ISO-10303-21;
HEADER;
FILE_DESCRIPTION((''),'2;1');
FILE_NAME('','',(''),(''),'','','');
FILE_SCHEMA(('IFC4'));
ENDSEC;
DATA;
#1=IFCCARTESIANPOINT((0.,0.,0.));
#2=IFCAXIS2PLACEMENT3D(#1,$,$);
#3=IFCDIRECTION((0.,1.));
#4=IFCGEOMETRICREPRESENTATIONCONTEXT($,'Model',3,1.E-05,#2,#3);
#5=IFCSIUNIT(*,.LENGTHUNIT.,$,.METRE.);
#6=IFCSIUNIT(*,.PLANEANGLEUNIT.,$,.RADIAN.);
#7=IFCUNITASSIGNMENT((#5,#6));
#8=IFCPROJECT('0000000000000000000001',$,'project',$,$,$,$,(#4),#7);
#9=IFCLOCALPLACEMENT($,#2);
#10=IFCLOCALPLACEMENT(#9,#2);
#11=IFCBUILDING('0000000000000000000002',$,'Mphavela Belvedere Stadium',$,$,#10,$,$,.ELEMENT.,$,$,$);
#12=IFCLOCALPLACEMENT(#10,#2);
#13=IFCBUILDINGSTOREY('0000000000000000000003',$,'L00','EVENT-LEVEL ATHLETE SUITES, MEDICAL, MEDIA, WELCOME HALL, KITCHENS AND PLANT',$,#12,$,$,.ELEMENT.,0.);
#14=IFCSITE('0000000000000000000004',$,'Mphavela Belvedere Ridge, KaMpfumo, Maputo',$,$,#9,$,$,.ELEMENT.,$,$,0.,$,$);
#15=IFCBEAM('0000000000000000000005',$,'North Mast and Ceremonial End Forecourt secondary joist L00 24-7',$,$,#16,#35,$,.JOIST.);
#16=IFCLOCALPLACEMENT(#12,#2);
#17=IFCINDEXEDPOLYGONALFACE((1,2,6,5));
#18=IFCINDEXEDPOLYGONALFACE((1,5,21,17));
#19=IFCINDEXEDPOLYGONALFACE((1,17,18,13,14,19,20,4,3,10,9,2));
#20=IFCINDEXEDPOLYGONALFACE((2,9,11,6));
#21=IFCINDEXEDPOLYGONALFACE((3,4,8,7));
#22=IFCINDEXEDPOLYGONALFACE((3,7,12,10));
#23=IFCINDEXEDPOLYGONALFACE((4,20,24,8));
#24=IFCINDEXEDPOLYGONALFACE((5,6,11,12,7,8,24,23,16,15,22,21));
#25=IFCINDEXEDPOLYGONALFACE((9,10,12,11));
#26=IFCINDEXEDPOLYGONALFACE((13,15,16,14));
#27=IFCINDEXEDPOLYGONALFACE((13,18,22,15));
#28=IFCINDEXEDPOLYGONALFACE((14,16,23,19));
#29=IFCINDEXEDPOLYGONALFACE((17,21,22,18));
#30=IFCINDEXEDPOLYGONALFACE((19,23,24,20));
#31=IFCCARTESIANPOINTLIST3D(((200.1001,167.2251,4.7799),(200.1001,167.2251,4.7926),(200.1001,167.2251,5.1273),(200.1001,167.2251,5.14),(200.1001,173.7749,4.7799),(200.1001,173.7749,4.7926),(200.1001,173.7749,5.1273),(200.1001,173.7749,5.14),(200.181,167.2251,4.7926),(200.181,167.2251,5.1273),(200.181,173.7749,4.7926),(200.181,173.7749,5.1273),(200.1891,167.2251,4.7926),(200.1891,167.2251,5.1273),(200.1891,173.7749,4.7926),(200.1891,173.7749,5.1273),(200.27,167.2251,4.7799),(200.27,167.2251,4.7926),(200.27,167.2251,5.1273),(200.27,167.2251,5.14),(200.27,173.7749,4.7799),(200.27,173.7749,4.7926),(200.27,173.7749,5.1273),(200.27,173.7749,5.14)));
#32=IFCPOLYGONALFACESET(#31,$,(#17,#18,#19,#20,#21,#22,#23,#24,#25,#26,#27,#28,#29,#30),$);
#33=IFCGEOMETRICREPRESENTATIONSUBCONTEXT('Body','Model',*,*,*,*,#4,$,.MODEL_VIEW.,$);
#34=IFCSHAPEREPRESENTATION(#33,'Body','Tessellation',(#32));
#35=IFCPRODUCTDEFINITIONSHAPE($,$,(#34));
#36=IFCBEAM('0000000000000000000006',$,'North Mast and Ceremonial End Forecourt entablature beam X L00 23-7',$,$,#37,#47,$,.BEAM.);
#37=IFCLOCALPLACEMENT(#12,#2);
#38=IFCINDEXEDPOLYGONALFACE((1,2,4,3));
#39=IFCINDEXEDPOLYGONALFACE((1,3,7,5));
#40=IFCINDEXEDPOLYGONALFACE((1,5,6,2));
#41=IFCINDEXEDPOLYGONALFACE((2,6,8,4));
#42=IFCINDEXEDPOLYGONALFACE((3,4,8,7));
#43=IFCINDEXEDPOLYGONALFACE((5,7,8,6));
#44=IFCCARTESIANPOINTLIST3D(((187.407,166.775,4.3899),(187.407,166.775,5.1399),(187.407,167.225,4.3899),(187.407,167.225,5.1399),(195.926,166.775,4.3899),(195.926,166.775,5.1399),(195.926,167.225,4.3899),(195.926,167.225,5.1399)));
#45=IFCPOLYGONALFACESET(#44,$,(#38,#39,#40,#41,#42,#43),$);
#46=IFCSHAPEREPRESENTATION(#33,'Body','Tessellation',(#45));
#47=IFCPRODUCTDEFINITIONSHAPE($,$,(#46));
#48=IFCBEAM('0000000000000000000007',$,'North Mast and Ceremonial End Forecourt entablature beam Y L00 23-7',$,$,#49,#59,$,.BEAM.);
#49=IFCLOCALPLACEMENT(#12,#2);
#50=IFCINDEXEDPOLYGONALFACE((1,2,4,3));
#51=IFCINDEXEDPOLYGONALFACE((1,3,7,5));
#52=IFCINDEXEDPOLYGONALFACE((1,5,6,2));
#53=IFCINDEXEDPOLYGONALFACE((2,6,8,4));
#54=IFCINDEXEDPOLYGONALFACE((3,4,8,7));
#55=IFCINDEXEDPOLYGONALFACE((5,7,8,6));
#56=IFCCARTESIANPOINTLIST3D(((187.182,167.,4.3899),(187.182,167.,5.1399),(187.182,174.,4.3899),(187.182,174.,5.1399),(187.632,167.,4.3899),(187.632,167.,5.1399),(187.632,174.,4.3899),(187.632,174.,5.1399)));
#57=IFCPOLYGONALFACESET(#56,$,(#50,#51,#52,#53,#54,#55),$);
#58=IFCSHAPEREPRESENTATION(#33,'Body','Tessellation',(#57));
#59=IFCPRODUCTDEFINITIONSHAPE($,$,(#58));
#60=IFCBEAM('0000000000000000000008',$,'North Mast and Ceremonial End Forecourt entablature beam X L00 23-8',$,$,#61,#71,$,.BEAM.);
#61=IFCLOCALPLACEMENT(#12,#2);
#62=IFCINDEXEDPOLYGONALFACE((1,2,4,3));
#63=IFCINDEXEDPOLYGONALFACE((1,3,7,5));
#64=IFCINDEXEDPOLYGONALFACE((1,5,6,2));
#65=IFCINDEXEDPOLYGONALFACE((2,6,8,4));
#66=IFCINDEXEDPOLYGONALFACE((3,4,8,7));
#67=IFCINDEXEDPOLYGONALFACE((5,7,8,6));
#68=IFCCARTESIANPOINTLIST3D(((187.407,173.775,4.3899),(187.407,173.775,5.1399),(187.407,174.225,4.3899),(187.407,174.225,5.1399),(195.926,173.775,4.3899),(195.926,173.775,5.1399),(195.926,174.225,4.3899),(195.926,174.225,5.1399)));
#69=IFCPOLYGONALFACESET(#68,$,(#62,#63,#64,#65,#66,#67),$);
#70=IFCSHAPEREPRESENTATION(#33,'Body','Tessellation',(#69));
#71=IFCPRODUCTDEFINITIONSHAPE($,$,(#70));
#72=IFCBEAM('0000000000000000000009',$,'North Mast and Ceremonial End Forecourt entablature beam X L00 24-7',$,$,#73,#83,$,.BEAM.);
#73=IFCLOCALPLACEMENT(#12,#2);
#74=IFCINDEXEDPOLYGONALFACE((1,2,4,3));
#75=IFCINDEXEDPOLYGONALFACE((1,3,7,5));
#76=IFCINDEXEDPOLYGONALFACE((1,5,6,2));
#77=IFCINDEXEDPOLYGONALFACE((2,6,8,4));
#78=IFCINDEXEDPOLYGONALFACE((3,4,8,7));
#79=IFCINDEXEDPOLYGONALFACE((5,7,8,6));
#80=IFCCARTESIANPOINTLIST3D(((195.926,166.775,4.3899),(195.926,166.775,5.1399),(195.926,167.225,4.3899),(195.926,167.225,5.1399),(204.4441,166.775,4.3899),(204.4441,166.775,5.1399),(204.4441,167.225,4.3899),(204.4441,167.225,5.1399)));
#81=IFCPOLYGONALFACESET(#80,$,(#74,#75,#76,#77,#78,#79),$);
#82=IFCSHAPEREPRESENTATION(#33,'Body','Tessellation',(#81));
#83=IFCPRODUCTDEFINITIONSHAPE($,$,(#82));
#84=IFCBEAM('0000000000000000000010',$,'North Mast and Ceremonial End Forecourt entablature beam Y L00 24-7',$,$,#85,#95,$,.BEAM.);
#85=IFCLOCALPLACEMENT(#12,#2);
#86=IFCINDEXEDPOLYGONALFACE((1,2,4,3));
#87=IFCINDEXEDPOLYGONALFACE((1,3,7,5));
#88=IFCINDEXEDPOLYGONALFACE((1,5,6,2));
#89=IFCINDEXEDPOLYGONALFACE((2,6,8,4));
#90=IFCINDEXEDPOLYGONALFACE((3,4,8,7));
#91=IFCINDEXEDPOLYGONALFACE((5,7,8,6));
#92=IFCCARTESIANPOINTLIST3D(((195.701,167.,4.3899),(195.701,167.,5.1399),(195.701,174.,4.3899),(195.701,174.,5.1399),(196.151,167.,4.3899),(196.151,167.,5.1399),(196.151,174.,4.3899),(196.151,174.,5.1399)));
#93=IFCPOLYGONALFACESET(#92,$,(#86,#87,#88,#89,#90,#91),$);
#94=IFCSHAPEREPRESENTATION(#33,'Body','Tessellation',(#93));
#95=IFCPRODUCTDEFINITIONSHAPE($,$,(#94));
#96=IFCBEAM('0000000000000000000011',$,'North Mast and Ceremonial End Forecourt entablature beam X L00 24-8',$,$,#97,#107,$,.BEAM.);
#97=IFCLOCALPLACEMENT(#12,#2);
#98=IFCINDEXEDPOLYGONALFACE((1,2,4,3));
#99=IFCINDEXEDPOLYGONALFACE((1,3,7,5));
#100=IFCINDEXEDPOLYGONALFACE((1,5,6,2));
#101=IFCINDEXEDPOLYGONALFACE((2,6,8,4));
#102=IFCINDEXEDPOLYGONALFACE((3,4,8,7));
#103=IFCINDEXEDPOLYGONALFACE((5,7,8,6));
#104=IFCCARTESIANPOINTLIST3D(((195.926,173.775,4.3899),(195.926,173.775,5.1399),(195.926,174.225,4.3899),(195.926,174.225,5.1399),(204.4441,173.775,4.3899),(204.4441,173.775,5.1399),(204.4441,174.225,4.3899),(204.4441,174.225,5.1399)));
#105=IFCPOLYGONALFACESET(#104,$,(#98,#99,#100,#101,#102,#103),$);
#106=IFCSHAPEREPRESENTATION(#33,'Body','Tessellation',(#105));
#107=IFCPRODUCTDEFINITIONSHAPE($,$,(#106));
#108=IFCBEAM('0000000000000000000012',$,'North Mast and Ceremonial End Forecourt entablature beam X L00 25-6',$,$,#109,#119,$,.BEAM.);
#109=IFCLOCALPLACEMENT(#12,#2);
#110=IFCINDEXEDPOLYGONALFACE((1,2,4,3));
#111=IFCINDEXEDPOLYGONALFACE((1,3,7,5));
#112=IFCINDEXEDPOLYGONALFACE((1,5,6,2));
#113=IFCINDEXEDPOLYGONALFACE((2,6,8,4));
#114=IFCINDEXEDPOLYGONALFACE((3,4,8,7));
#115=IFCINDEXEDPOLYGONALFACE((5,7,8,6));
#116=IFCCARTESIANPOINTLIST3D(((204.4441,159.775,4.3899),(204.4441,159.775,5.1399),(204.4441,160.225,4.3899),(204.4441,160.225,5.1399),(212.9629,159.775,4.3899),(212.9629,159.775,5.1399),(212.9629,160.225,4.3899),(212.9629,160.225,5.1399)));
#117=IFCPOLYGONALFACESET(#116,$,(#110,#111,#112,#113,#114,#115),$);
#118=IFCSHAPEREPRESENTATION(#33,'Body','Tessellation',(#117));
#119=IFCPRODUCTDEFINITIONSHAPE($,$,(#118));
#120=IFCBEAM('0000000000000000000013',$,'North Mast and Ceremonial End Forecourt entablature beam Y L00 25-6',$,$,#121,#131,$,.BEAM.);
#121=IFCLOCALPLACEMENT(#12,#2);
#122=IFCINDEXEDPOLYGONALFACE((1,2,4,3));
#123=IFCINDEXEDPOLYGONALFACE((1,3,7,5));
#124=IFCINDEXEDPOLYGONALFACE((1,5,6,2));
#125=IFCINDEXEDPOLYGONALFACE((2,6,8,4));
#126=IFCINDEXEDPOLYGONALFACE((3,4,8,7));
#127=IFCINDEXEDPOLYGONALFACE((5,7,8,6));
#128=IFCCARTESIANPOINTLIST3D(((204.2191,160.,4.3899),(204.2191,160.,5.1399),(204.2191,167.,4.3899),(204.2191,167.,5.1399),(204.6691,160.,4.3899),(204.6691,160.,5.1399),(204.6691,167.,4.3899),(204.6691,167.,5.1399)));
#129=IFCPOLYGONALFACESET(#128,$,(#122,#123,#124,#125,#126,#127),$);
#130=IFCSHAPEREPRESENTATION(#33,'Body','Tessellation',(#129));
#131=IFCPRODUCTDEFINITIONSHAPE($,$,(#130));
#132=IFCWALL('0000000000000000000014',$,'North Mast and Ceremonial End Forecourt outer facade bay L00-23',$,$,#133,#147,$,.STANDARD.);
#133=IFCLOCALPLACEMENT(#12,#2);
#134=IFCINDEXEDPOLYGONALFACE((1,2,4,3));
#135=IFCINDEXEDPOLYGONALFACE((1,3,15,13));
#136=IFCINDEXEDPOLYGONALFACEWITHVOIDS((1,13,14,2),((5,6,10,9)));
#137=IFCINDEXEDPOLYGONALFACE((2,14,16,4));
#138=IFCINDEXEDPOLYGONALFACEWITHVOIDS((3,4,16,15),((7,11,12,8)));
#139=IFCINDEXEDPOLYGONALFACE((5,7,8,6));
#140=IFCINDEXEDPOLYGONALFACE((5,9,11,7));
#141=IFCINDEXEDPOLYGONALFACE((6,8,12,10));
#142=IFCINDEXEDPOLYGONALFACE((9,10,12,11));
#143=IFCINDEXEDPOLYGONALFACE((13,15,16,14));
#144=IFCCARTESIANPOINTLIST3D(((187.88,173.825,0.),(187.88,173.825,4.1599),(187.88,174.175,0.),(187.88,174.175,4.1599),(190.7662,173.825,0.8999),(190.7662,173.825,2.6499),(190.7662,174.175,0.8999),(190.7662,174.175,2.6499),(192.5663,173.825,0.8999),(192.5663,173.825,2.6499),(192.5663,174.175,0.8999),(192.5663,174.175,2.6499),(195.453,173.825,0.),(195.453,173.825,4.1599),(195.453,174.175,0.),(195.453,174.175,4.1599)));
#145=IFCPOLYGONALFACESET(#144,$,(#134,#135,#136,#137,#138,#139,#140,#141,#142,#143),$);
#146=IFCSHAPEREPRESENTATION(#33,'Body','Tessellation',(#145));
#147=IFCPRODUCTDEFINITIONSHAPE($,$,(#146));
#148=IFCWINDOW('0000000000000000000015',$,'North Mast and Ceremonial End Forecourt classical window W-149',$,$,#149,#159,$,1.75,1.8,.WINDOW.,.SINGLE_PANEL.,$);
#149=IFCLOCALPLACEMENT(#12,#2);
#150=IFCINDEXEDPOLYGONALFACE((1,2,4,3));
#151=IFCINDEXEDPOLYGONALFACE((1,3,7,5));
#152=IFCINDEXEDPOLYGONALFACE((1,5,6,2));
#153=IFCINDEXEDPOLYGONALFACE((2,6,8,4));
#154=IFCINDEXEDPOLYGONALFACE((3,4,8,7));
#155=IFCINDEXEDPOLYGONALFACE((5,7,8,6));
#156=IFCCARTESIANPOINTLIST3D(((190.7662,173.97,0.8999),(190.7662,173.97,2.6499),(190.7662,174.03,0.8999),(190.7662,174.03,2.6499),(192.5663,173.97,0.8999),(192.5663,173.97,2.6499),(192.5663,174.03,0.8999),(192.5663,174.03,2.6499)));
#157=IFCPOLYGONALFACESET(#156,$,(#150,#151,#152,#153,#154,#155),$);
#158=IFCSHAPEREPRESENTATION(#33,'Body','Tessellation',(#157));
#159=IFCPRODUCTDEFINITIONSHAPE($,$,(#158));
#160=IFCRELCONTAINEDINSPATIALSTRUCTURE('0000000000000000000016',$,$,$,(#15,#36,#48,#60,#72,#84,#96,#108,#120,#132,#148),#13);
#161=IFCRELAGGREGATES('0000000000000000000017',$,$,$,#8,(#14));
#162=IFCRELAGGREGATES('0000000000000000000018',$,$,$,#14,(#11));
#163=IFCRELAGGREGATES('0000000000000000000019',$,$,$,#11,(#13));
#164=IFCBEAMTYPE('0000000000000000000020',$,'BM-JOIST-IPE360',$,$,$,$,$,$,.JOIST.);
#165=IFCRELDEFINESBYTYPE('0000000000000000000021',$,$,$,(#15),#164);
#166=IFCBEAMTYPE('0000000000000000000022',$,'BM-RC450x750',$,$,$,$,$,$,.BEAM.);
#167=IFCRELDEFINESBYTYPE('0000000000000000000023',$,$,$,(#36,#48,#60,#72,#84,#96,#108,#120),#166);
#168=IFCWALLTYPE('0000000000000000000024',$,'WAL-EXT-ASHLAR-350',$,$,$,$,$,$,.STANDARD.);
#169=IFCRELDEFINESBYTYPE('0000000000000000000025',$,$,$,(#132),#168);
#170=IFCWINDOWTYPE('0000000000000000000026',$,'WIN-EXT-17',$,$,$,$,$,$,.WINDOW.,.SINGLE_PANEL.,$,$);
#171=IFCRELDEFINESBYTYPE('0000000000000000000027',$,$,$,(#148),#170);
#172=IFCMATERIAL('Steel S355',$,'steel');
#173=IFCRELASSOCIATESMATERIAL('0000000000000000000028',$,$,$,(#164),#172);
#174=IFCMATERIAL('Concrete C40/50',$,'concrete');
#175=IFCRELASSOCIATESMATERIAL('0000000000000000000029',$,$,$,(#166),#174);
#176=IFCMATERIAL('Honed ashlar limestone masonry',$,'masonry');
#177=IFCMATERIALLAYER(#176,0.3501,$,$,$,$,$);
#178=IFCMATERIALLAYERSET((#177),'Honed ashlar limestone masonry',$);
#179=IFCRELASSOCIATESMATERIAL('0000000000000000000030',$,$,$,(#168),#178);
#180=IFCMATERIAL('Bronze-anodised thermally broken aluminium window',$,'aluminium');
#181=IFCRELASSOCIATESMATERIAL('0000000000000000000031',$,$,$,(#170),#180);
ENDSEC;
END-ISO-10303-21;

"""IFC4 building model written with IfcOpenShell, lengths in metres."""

from ifc_helpers import new_model, si_unit, direction, frame, frame_2d, origin, origin_2d, place, context, subcontext, project, spatial, rectangle, i_section, extrude, material, layer, layer_set, material_profile, profile_set, type_object, element, fill, save


model = new_model("IFC4")

# Units and contexts
model_context = context("Model", 3, precision=1e-05, world=origin(), true_north=direction((0.0, 1.0)))
body_context = subcontext(model_context, "Body", "Model", "MODEL_VIEW")
ifc_project = project(units=[si_unit("LENGTHUNIT", "METRE"), si_unit("PLANEANGLEUNIT", "RADIAN")], contexts=[model_context])

# Site, building, storey
site_placement = place(None, origin())
site = spatial("IfcSite", under=ifc_project, at=site_placement, Name="Mphavela Belvedere Ridge, KaMpfumo, Maputo", CompositionType="ELEMENT", RefElevation=0.0)
building_placement = place(site_placement, origin())
building = spatial("IfcBuilding", under=site, at=building_placement, Name="Mphavela Belvedere Stadium", CompositionType="ELEMENT")
storey_placement = place(building_placement, origin())
storey = spatial("IfcBuildingStorey", under=building, at=storey_placement, Name="L00", Description="EVENT-LEVEL ATHLETE SUITES, MEDICAL, MEDIA, WELCOME HALL, KITCHENS AND PLANT", CompositionType="ELEMENT", Elevation=0.0)

# Beams
ifc_material_1 = material(Name="Steel S355", Category="steel")
ifc_material_profile_1 = material_profile(ifc_material_1, i_section(OverallWidth=0.1699, OverallDepth=0.3601, WebThickness=0.0081, FlangeThickness=0.0127, at=origin_2d()), Name="IPE 360")
ifc_profile_set_1 = profile_set([ifc_material_profile_1], Name="Steel S355")
beam_type_1 = type_object("IfcBeamType", Name="BM-JOIST-IPE360", PredefinedType="JOIST", material=ifc_profile_set_1)
for number, where, z_axis, x_axis, name in (
    (1, (200.1851, 167.2251, 4.96), (0.0, 1.0, 0.0), (-1.0, 0.0, 0.0), "North Mast and Ceremonial End Forecourt secondary joist L00 24-7"),
):
    element("IfcBeam", number, at=place(storey_placement, frame(where, z_axis=z_axis, x_axis=x_axis)), inside=storey, type_object=beam_type_1, Name=name, PredefinedType="JOIST", context=body_context, shape_type="SweptSolid", body=[
        extrude(i_section(OverallWidth=0.1699, OverallDepth=0.3601, WebThickness=0.0081, FlangeThickness=0.0127, at=origin_2d()), origin(), (0.0, 0.0, 1.0), 6.5498),
    ])
ifc_material_2 = material(Name="Concrete C40/50", Category="concrete")
ifc_material_profile_2 = material_profile(ifc_material_2, rectangle(XDim=0.45, YDim=0.75, at=origin_2d()), Name="RC 450x750")
ifc_profile_set_2 = profile_set([ifc_material_profile_2], Name="Concrete C40/50")
beam_type_2 = type_object("IfcBeamType", Name="BM-RC450x750", PredefinedType="BEAM", material=ifc_profile_set_2)
beam_1_placement = place(storey_placement, frame((187.407, 167.0, 4.7649), z_axis=(1.0, 0.0, 0.0), x_axis=(0.0, 1.0, 0.0)))
element("IfcBeam", 2, at=beam_1_placement, inside=storey, type_object=beam_type_2, Name="North Mast and Ceremonial End Forecourt entablature beam X L00 23-7", PredefinedType="BEAM", context=body_context, shape_type="SweptSolid", body=[
    extrude(rectangle(XDim=0.45, YDim=0.75, at=origin_2d()), origin(), (0.0, 0.0, 1.0), 8.519),
])
beam_2_placement = place(storey_placement, frame((187.407, 167.0, 4.7649), z_axis=(0.0, 1.0, 0.0), x_axis=(-1.0, 0.0, 0.0)))
element("IfcBeam", 3, at=beam_2_placement, inside=storey, type_object=beam_type_2, Name="North Mast and Ceremonial End Forecourt entablature beam Y L00 23-7", PredefinedType="BEAM", context=body_context, shape_type="SweptSolid", body=[
    extrude(rectangle(XDim=0.45, YDim=0.75, at=origin_2d()), origin(), (0.0, 0.0, 1.0), 7.0),
])
beam_3_placement = place(storey_placement, frame((187.407, 174.0, 4.7649), z_axis=(1.0, 0.0, 0.0), x_axis=(0.0, 1.0, 0.0)))
element("IfcBeam", 4, at=beam_3_placement, inside=storey, type_object=beam_type_2, Name="North Mast and Ceremonial End Forecourt entablature beam X L00 23-8", PredefinedType="BEAM", context=body_context, shape_type="SweptSolid", body=[
    extrude(rectangle(XDim=0.45, YDim=0.75, at=origin_2d()), origin(), (0.0, 0.0, 1.0), 8.519),
])
beam_4_placement = place(storey_placement, frame((195.926, 167.0, 4.7649), z_axis=(1.0, 0.0, 0.0), x_axis=(0.0, 1.0, 0.0)))
element("IfcBeam", 5, at=beam_4_placement, inside=storey, type_object=beam_type_2, Name="North Mast and Ceremonial End Forecourt entablature beam X L00 24-7", PredefinedType="BEAM", context=body_context, shape_type="SweptSolid", body=[
    extrude(rectangle(XDim=0.45, YDim=0.75, at=origin_2d()), origin(), (0.0, 0.0, 1.0), 8.5181),
])
beam_5_placement = place(storey_placement, frame((195.926, 167.0, 4.7649), z_axis=(0.0, 1.0, 0.0), x_axis=(-1.0, 0.0, 0.0)))
element("IfcBeam", 6, at=beam_5_placement, inside=storey, type_object=beam_type_2, Name="North Mast and Ceremonial End Forecourt entablature beam Y L00 24-7", PredefinedType="BEAM", context=body_context, shape_type="SweptSolid", body=[
    extrude(rectangle(XDim=0.45, YDim=0.75, at=origin_2d()), origin(), (0.0, 0.0, 1.0), 7.0),
])
beam_6_placement = place(storey_placement, frame((195.926, 174.0, 4.7649), z_axis=(1.0, 0.0, 0.0), x_axis=(0.0, 1.0, 0.0)))
element("IfcBeam", 7, at=beam_6_placement, inside=storey, type_object=beam_type_2, Name="North Mast and Ceremonial End Forecourt entablature beam X L00 24-8", PredefinedType="BEAM", context=body_context, shape_type="SweptSolid", body=[
    extrude(rectangle(XDim=0.45, YDim=0.75, at=origin_2d()), origin(), (0.0, 0.0, 1.0), 8.5181),
])
beam_7_placement = place(storey_placement, frame((204.4441, 160.0, 4.7649), z_axis=(1.0, 0.0, 0.0), x_axis=(0.0, 1.0, 0.0)))
element("IfcBeam", 8, at=beam_7_placement, inside=storey, type_object=beam_type_2, Name="North Mast and Ceremonial End Forecourt entablature beam X L00 25-6", PredefinedType="BEAM", context=body_context, shape_type="SweptSolid", body=[
    extrude(rectangle(XDim=0.45, YDim=0.75, at=origin_2d()), origin(), (0.0, 0.0, 1.0), 8.5188),
])
beam_8_placement = place(storey_placement, frame((204.4441, 160.0, 4.7649), z_axis=(0.0, 1.0, 0.0), x_axis=(-1.0, 0.0, 0.0)))
element("IfcBeam", 9, at=beam_8_placement, inside=storey, type_object=beam_type_2, Name="North Mast and Ceremonial End Forecourt entablature beam Y L00 25-6", PredefinedType="BEAM", context=body_context, shape_type="SweptSolid", body=[
    extrude(rectangle(XDim=0.45, YDim=0.75, at=origin_2d()), origin(), (0.0, 0.0, 1.0), 7.0),
])

# Wall, opening, window
ifc_material_3 = material(Name="Honed ashlar limestone masonry", Category="masonry")
ifc_layer_1 = layer(ifc_material_3, 0.3501)
ifc_layer_set_1 = layer_set([ifc_layer_1], Name="Honed ashlar limestone masonry")
wall_type_1 = type_object("IfcWallType", Name="WAL-EXT-ASHLAR-350", PredefinedType="STANDARD", material=ifc_layer_set_1)
wall_1_placement = place(storey_placement, frame((187.8799, 174.0, 0.0), z_axis=(0.0, 0.0, 1.0), x_axis=(1.0, 0.0, 0.0)))
wall_1 = element("IfcWall", 10, at=wall_1_placement, inside=storey, type_object=wall_type_1, Name="North Mast and Ceremonial End Forecourt outer facade bay L00-23", PredefinedType="STANDARD", context=body_context, shape_type="SweptSolid", body=[
    extrude(rectangle(XDim=7.573, YDim=0.3501, at=frame_2d((3.7866, 0.0))), origin(), (0.0, 0.0, 1.0), 4.1599),
])
opening_1_placement = place(wall_1_placement, frame((2.8865, 0.0, 0.8999)))
opening_1 = element("IfcOpeningElement", 11, at=opening_1_placement, cuts=wall_1, PredefinedType="OPENING", context=body_context, shape_type="SweptSolid", body=[
    extrude(rectangle(XDim=1.8, YDim=1.75, at=frame_2d((0.8999, 0.875))), frame((0.0, 0.1851, 0.0), z_axis=(0.0, -1.0, 0.0), x_axis=(1.0, 0.0, 0.0)), (0.0, 0.0, 1.0), 0.3701),
])
ifc_material_4 = material(Name="Bronze-anodised thermally broken aluminium window", Category="aluminium")
window_type_1 = type_object("IfcWindowType", Name="WIN-EXT-17", PartitioningType="SINGLE_PANEL", PredefinedType="WINDOW", material=ifc_material_4)
window_1_placement = place(opening_1_placement, origin())
window_1 = element("IfcWindow", 12, at=window_1_placement, inside=storey, type_object=window_type_1, Name="North Mast and Ceremonial End Forecourt classical window W-149", OverallHeight=1.75, OverallWidth=1.8, PartitioningType="SINGLE_PANEL", PredefinedType="WINDOW", context=body_context, shape_type="SweptSolid", body=[
    extrude(rectangle(XDim=1.8, YDim=1.75, at=frame_2d((0.8999, 0.875))), frame((0.0, 0.03, 0.0), z_axis=(0.0, -1.0, 0.0), x_axis=(1.0, 0.0, 0.0)), (0.0, 0.0, 1.0), 0.0601),
])
fill(opening_1, window_1)

save(model, "model.ifc")
